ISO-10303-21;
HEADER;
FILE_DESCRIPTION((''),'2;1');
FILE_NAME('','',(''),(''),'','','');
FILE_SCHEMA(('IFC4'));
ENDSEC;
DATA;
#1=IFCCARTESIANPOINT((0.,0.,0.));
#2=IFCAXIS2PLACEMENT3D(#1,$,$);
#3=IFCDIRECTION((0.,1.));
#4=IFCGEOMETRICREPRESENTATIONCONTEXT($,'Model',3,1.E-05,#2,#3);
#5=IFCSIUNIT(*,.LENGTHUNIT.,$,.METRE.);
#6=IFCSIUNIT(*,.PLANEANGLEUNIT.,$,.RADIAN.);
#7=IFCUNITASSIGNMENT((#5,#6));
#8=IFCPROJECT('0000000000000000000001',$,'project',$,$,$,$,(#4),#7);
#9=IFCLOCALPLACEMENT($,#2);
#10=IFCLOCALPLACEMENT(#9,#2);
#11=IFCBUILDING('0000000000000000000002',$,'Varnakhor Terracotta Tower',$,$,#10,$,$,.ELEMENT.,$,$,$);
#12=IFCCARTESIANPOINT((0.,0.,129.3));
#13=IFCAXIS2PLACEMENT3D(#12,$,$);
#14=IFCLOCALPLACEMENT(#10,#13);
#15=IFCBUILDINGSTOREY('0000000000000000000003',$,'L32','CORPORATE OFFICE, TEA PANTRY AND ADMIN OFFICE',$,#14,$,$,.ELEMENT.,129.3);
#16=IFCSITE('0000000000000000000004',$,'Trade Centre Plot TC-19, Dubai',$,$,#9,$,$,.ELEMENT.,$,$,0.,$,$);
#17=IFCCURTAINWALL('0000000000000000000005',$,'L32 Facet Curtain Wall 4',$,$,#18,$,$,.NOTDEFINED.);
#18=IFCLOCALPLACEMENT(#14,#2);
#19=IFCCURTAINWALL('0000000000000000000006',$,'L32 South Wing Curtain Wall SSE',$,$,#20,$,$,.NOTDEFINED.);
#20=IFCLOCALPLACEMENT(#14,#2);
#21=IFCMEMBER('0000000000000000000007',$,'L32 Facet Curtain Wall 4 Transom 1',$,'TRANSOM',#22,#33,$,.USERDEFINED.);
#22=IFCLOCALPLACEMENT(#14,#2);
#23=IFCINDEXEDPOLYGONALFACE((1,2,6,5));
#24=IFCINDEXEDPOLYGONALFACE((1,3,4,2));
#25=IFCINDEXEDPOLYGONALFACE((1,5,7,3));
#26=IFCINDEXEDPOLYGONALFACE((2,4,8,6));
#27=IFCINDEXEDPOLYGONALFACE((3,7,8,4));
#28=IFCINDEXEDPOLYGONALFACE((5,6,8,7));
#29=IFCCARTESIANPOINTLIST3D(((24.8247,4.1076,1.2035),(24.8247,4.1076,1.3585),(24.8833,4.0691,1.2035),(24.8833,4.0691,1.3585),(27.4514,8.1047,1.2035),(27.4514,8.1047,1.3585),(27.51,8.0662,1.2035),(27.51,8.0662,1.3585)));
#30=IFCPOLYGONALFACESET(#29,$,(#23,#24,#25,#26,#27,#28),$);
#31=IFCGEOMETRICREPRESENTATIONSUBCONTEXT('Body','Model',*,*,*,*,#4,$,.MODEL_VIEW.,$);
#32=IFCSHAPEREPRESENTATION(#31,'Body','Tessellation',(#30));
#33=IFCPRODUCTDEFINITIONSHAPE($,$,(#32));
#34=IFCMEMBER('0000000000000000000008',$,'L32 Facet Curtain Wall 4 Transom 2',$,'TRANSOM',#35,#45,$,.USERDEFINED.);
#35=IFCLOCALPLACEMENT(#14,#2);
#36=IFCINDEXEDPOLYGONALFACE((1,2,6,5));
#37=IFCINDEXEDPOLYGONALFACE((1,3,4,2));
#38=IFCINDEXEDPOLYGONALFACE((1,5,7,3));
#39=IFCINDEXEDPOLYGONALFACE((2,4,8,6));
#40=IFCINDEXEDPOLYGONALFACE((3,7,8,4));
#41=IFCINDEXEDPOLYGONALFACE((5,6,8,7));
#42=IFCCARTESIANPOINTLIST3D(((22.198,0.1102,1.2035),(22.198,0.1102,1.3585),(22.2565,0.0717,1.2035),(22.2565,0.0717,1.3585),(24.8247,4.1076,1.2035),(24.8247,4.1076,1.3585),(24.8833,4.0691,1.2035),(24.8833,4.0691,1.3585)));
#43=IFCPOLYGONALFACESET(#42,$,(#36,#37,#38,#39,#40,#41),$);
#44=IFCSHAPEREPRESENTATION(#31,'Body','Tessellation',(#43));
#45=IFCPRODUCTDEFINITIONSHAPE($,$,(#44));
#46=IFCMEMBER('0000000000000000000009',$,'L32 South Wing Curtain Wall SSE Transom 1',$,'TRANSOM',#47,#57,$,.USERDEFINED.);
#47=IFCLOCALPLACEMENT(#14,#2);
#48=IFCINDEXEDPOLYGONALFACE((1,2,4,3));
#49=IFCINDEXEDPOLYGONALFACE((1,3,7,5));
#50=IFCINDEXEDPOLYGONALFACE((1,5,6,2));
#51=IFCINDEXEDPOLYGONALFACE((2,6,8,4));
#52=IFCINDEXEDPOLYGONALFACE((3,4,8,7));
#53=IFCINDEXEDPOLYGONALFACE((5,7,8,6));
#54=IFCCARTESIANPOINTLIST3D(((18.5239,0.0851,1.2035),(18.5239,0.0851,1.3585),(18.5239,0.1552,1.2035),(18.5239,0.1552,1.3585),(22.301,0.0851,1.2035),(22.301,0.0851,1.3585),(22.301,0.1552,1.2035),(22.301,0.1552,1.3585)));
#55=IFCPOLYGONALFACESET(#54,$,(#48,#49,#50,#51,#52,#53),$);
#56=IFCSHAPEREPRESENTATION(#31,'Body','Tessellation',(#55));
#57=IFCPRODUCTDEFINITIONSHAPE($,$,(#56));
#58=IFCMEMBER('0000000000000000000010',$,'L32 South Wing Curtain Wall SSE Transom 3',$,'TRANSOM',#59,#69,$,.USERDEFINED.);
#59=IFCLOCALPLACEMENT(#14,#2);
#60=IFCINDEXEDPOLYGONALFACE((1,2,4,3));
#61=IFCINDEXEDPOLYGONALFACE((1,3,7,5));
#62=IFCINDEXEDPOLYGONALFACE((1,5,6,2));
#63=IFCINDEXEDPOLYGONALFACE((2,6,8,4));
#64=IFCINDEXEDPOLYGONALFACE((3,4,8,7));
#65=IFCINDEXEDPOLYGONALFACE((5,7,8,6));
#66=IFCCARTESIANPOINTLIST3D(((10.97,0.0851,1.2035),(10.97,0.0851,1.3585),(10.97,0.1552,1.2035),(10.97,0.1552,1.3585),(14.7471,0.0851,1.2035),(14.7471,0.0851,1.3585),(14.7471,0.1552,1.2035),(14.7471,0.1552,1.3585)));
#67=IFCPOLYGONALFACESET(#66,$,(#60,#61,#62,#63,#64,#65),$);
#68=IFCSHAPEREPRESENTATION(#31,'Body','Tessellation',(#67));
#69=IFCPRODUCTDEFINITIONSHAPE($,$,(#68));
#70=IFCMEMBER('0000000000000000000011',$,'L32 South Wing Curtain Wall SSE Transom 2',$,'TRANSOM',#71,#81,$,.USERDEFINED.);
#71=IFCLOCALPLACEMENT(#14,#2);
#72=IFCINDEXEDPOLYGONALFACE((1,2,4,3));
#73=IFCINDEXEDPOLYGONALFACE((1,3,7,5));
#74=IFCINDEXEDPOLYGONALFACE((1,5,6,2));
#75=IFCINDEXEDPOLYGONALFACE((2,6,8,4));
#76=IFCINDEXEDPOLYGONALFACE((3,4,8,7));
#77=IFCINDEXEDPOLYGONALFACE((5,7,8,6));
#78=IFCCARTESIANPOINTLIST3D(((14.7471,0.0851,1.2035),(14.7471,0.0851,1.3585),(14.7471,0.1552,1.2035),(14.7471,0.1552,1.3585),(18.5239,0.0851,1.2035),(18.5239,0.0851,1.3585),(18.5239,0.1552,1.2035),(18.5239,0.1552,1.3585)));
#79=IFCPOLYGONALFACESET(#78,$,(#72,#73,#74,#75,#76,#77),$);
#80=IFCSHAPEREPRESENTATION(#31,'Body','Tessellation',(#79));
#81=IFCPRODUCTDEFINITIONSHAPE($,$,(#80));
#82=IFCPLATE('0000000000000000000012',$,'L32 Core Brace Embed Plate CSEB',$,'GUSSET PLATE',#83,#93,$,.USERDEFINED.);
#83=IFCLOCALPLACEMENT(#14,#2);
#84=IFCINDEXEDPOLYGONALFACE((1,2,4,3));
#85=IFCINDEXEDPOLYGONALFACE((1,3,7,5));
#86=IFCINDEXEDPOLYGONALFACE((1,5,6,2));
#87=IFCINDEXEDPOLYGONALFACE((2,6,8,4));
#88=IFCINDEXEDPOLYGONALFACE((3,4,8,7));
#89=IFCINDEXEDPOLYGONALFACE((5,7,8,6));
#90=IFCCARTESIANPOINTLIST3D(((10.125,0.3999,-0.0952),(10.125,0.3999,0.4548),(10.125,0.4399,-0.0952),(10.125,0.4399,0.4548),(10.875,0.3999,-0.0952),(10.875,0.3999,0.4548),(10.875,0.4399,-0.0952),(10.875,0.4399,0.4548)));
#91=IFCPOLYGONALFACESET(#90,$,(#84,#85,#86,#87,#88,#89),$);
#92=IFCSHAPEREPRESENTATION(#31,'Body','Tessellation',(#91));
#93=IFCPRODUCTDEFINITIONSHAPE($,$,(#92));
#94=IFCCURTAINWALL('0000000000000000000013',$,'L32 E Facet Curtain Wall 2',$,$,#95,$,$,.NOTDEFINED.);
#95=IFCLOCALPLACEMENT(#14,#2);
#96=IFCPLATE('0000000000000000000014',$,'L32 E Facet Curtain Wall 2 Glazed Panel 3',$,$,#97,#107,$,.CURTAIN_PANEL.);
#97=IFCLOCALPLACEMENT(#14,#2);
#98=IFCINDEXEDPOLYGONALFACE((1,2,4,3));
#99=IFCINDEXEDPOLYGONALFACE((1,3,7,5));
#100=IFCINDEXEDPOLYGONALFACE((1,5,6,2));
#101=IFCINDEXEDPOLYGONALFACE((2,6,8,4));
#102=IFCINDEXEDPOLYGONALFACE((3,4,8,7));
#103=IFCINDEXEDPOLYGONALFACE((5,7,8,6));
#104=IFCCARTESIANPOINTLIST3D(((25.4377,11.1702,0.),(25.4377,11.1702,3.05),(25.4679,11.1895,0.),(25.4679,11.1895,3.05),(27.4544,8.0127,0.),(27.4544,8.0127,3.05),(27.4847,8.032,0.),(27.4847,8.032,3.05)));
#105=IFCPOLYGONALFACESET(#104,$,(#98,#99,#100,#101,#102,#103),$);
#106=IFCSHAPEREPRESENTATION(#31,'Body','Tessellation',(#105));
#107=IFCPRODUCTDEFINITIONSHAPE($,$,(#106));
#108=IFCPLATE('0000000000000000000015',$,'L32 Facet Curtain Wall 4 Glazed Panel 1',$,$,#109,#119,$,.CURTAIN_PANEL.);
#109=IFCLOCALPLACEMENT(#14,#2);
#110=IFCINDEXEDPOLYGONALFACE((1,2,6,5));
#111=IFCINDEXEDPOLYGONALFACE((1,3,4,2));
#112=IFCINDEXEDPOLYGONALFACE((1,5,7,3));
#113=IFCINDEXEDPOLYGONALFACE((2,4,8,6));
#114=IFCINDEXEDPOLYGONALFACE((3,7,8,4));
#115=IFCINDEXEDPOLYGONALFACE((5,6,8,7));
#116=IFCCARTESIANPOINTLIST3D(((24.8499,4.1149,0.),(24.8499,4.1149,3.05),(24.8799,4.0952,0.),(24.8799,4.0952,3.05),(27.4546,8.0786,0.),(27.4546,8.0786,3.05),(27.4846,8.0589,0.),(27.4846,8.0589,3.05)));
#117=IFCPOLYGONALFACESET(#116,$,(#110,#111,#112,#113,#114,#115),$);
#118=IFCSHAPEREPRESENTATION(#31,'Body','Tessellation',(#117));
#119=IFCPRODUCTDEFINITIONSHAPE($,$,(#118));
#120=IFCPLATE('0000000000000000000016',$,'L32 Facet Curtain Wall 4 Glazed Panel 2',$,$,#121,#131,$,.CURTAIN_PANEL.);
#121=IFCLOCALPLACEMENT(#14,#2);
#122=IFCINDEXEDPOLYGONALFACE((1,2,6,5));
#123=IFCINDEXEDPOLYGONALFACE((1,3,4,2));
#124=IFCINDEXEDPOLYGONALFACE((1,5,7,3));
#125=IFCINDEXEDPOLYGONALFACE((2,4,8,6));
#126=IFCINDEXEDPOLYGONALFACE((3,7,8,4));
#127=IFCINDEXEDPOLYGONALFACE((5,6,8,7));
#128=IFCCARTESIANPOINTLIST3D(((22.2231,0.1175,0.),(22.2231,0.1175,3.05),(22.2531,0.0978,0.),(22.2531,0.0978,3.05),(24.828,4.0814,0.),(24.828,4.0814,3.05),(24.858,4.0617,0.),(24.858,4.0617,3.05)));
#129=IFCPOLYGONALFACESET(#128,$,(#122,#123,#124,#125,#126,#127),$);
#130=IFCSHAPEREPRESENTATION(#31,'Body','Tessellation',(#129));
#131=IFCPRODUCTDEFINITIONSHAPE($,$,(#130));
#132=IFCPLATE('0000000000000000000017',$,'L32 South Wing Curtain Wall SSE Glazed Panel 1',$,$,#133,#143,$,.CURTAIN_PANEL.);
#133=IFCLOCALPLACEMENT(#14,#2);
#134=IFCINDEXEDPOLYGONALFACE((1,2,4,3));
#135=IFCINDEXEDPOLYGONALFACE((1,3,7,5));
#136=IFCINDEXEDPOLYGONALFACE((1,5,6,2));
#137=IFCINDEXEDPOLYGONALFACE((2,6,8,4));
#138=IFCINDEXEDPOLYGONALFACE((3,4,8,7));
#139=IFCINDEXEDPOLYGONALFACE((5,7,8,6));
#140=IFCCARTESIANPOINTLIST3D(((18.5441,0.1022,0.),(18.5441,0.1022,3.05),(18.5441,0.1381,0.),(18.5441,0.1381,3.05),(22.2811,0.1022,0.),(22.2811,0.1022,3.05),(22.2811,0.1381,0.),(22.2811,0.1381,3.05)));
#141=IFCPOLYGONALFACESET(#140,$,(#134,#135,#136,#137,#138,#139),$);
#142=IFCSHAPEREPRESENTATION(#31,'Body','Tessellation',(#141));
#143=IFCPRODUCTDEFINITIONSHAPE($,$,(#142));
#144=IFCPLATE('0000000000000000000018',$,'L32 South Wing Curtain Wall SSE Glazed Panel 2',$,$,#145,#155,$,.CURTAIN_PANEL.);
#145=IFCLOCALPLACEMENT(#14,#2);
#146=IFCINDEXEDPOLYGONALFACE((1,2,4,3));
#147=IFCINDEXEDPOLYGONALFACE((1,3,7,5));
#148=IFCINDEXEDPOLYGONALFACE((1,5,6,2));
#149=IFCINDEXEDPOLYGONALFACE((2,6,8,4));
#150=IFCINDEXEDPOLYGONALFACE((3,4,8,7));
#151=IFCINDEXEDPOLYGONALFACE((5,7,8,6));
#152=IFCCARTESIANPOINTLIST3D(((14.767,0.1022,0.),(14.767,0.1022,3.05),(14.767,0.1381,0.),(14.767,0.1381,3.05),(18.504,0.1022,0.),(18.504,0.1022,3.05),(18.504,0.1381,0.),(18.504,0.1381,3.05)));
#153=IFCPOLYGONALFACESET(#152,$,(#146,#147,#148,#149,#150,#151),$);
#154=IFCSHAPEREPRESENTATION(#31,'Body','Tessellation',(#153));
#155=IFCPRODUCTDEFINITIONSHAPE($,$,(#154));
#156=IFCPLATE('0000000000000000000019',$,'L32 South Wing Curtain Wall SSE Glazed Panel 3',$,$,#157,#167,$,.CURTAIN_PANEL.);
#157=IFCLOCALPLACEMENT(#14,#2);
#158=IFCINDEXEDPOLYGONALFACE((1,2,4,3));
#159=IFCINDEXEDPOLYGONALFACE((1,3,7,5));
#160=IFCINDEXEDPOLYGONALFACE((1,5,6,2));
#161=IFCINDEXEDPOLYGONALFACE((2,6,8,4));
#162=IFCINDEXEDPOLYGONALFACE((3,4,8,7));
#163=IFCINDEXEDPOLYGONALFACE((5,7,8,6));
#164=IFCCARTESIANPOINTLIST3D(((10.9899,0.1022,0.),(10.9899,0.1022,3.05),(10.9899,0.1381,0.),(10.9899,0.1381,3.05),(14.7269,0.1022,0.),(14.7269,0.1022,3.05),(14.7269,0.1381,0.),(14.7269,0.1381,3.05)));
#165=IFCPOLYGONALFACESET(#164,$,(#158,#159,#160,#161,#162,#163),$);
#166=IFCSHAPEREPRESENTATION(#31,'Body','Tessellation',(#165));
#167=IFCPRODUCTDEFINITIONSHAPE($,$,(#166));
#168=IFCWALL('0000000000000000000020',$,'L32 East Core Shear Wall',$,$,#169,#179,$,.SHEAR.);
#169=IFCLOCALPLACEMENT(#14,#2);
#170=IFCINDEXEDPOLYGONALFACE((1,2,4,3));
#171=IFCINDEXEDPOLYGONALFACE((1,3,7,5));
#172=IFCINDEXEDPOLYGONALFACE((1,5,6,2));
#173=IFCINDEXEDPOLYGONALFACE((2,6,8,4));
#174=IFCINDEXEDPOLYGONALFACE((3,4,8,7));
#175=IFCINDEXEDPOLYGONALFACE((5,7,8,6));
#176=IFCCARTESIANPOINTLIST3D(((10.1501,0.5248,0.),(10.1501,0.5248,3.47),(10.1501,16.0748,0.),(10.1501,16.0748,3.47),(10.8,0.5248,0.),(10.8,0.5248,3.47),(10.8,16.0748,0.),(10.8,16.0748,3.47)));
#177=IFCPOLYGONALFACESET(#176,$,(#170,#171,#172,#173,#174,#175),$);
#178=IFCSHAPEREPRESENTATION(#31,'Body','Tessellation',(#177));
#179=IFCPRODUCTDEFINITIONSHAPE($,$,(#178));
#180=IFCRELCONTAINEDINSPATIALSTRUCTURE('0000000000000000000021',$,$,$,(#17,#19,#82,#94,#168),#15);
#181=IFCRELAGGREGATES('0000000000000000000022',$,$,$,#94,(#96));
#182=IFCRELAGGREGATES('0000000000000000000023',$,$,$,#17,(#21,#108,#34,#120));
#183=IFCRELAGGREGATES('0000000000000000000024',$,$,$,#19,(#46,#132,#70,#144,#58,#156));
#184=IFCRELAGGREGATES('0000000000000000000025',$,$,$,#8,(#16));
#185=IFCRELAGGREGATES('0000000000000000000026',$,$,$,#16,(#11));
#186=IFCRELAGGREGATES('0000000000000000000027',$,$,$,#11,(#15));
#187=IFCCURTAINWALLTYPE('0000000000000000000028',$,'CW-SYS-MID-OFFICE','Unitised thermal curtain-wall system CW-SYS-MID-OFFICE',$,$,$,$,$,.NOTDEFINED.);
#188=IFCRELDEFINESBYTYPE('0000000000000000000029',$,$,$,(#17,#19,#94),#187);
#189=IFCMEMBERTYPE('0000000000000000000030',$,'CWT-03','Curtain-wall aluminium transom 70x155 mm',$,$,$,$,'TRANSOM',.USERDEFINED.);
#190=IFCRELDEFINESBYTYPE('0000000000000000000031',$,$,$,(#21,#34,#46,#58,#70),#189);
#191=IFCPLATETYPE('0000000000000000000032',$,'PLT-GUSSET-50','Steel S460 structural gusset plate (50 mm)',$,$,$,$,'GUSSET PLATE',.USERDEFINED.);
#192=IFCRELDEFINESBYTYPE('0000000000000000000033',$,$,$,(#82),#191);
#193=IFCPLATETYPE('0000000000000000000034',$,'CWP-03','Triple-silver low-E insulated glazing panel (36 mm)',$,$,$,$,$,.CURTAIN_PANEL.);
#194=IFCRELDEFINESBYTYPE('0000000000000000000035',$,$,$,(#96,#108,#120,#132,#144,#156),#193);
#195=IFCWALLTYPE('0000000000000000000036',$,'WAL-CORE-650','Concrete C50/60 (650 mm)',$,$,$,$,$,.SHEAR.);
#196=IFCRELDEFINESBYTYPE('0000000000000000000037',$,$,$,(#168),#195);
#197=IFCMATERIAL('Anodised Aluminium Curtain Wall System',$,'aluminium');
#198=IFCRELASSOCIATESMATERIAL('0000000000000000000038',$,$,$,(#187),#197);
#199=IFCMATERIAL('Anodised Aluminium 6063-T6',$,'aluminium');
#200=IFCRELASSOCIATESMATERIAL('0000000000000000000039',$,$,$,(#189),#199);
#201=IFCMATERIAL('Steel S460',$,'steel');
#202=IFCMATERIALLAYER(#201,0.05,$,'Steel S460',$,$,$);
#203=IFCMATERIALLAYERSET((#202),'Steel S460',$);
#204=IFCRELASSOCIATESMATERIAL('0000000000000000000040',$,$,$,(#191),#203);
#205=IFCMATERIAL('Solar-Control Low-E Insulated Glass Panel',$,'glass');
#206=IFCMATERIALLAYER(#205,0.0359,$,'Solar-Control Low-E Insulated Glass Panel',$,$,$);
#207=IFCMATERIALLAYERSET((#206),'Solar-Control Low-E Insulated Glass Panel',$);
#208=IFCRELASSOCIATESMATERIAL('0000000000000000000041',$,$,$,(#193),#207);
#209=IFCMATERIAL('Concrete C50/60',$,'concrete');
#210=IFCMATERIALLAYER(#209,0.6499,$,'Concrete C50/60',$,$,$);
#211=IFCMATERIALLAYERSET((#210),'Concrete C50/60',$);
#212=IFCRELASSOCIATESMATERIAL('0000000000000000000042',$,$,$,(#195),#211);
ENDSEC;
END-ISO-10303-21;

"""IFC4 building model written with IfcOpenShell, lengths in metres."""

from ifc_helpers import new_model, si_unit, direction, frame, frame_2d, origin, origin_2d, place, context, subcontext, project, spatial, rectangle, extrude, source, transform, mapped, material, layer, layer_set, material_profile, profile_set, type_object, type_shapes, element, aggregate, save


model = new_model("IFC4")

# Units and contexts
model_context = context("Model", 3, precision=1e-05, world=origin(), true_north=direction((0.0, 1.0)))
body_context = subcontext(model_context, "Body", "Model", "MODEL_VIEW")
ifc_project = project(units=[si_unit("LENGTHUNIT", "METRE"), si_unit("PLANEANGLEUNIT", "RADIAN")], contexts=[model_context])

# Site, building, storey
site_placement = place(None, origin())
site = spatial("IfcSite", under=ifc_project, at=site_placement, Name="Trade Centre Plot TC-19, Dubai", CompositionType="ELEMENT", RefElevation=0.0)
building_placement = place(site_placement, origin())
building = spatial("IfcBuilding", under=site, at=building_placement, Name="Varnakhor Terracotta Tower", CompositionType="ELEMENT")
storey_placement = place(building_placement, frame((0.0, 0.0, 129.3)))
storey = spatial("IfcBuildingStorey", under=building, at=storey_placement, Name="L32", Description="CORPORATE OFFICE, TEA PANTRY AND ADMIN OFFICE", CompositionType="ELEMENT", Elevation=129.3)

# Shared definitions
ifc_material_1 = material(Name="Concrete C50/60", Category="concrete")
ifc_material_2 = material(Name="Steel S460", Category="steel")

# Curtain walls
ifc_material_3 = material(Name="Anodised Aluminium Curtain Wall System", Category="aluminium")
curtain_wall_type = type_object("IfcCurtainWallType", Name="CW-SYS-MID-OFFICE", Description="Unitised thermal curtain-wall system CW-SYS-MID-OFFICE", PredefinedType="NOTDEFINED", material=ifc_material_3)
curtain_wall_1_placement = place(storey_placement, origin())
curtain_wall_1 = element("IfcCurtainWall", 1, at=curtain_wall_1_placement, inside=storey, type_object=curtain_wall_type, Name="L32 Facet Curtain Wall 4", PredefinedType="NOTDEFINED")
ifc_material_4 = material(Name="Anodised Aluminium 6063-T6", Category="aluminium")
curtain_wall_2_placement = place(storey_placement, origin())
curtain_wall_2 = element("IfcCurtainWall", 2, at=curtain_wall_2_placement, inside=storey, type_object=curtain_wall_type, Name="L32 South Wing Curtain Wall SSE", PredefinedType="NOTDEFINED")

# Members
ifc_material_profile_1 = material_profile(ifc_material_4, rectangle(XDim=0.0701, YDim=0.155, at=origin_2d()), Name="ALU TRANSOM 70x155")
ifc_profile_set_1 = profile_set([ifc_material_profile_1], Name="Anodised Aluminium 6063-T6")
member_type_1 = type_object("IfcMemberType", Name="CWT-03", Description="Curtain-wall aluminium transom 70x155 mm", ElementType="TRANSOM", PredefinedType="USERDEFINED", material=ifc_profile_set_1)
shared_shape_1 = source(origin(), body_context, "Body", "SweptSolid", [
    extrude(rectangle(XDim=0.0701, YDim=0.155, at=origin_2d()), origin(), (0.0, 0.0, 1.0), 4.783),
])
member_1_placement = place(storey_placement, frame((27.4807, 8.0854, 1.281), z_axis=(-0.549187, -0.835699, 0.0), x_axis=(0.835699, -0.549187, 0.0)))
member_1 = element("IfcMember", 3, at=member_1_placement, type_object=member_type_1, Name="L32 Facet Curtain Wall 4 Transom 1", ObjectType="TRANSOM", PredefinedType="USERDEFINED", context=body_context, shape_type="MappedRepresentation", body=[
    mapped(shared_shape_1, transform((0.0, 0.0, 0.0), scale=1.0)),
])
shared_shape_2 = source(origin(), body_context, "Body", "SweptSolid", [
    extrude(rectangle(XDim=0.0701, YDim=0.155, at=origin_2d()), origin(), (0.0, 0.0, 1.0), 4.7832),
])
member_2_placement = place(storey_placement, frame((24.854, 4.0884, 1.281), z_axis=(-0.549164, -0.835715, 0.0), x_axis=(0.835715, -0.549164, 0.0)))
member_2 = element("IfcMember", 4, at=member_2_placement, type_object=member_type_1, Name="L32 Facet Curtain Wall 4 Transom 2", ObjectType="TRANSOM", PredefinedType="USERDEFINED", context=body_context, shape_type="MappedRepresentation", body=[
    mapped(shared_shape_2, transform((0.0, 0.0, 0.0), scale=1.0)),
])
shared_shape_3 = source(origin(), body_context, "Body", "SweptSolid", [
    extrude(rectangle(XDim=0.0701, YDim=0.155, at=origin_2d()), origin(), (0.0, 0.0, 1.0), 3.7771),
])
member_3_placement = place(storey_placement, frame((22.301, 0.1201, 1.281), z_axis=(-1.0, 0.0, 0.0), x_axis=(0.0, -1.0, 0.0)))
member_3 = element("IfcMember", 5, at=member_3_placement, type_object=member_type_1, Name="L32 South Wing Curtain Wall SSE Transom 1", ObjectType="TRANSOM", PredefinedType="USERDEFINED", context=body_context, shape_type="MappedRepresentation", body=[
    mapped(shared_shape_3, transform((0.0, 0.0, 0.0), scale=1.0)),
])
member_4_placement = place(storey_placement, frame((14.7471, 0.1201, 1.281), z_axis=(-1.0, 0.0, 0.0), x_axis=(0.0, -1.0, 0.0)))
member_4 = element("IfcMember", 6, at=member_4_placement, type_object=member_type_1, Name="L32 South Wing Curtain Wall SSE Transom 3", ObjectType="TRANSOM", PredefinedType="USERDEFINED", context=body_context, shape_type="MappedRepresentation", body=[
    mapped(shared_shape_3, transform((0.0, 0.0, 0.0), scale=1.0)),
])
shared_shape_4 = source(origin(), body_context, "Body", "SweptSolid", [
    extrude(rectangle(XDim=0.0701, YDim=0.155, at=origin_2d()), origin(), (0.0, 0.0, 1.0), 3.7769),
])
member_5_placement = place(storey_placement, frame((18.5239, 0.1201, 1.281), z_axis=(-1.0, 0.0, 0.0), x_axis=(0.0, -1.0, 0.0)))
member_5 = element("IfcMember", 7, at=member_5_placement, type_object=member_type_1, Name="L32 South Wing Curtain Wall SSE Transom 2", ObjectType="TRANSOM", PredefinedType="USERDEFINED", context=body_context, shape_type="MappedRepresentation", body=[
    mapped(shared_shape_4, transform((0.0, 0.0, 0.0), scale=1.0)),
])

# Plate
ifc_layer_1 = layer(ifc_material_2, 0.05, Name="Steel S460")
ifc_layer_set_1 = layer_set([ifc_layer_1], Name="Steel S460")
plate_type_1 = type_object("IfcPlateType", Name="PLT-GUSSET-50", Description="Steel S460 structural gusset plate (50 mm)", ElementType="GUSSET PLATE", PredefinedType="USERDEFINED", material=ifc_layer_set_1)
shared_shape_5 = source(origin(), body_context, "Body", "SweptSolid", [
    extrude(rectangle(XDim=0.75, YDim=0.04, at=origin_2d()), origin(), (0.0, 0.0, 1.0), 0.55),
])
type_shapes(plate_type_1, [shared_shape_5])
plate_1_placement = place(storey_placement, frame((10.5, 0.4199, -0.0952), z_axis=(0.0, 0.0, 1.0), x_axis=(1.0, 0.0, 0.0)))
element("IfcPlate", 8, at=plate_1_placement, inside=storey, type_object=plate_type_1, Name="L32 Core Brace Embed Plate CSEB", ObjectType="GUSSET PLATE", PredefinedType="USERDEFINED", context=body_context, shape_type="MappedRepresentation", body=[
    mapped(shared_shape_5, transform((0.0, 0.0, 0.0), scale=1.0)),
])

# Curtain wall, plate
curtain_wall_3_placement = place(storey_placement, origin())
curtain_wall_3 = element("IfcCurtainWall", 9, at=curtain_wall_3_placement, inside=storey, type_object=curtain_wall_type, Name="L32 E Facet Curtain Wall 2", PredefinedType="NOTDEFINED")
ifc_material_5 = material(Name="Solar-Control Low-E Insulated Glass Panel", Category="glass")
ifc_layer_2 = layer(ifc_material_5, 0.0359, Name="Solar-Control Low-E Insulated Glass Panel")
ifc_layer_set_2 = layer_set([ifc_layer_2], Name="Solar-Control Low-E Insulated Glass Panel")
plate_type_2 = type_object("IfcPlateType", Name="CWP-03", Description="Triple-silver low-E insulated glazing panel (36 mm)", PredefinedType="CURTAIN_PANEL", material=ifc_layer_set_2)
shared_shape_6 = source(origin(), body_context, "Body", "SweptSolid", [
    extrude(rectangle(XDim=3.7466, YDim=0.0359, at=origin_2d()), origin(), (0.0, 0.0, 1.0), 3.05),
])
plate_2_placement = place(storey_placement, frame((26.4612, 9.6011, 0.0), z_axis=(0.0, 0.0, 1.0), x_axis=(0.538285, -0.842763, 0.0)))
plate_2 = element("IfcPlate", 10, at=plate_2_placement, type_object=plate_type_2, Name="L32 E Facet Curtain Wall 2 Glazed Panel 3", PredefinedType="CURTAIN_PANEL", context=body_context, shape_type="MappedRepresentation", body=[
    mapped(shared_shape_6, transform((0.0, 0.0, 0.0), scale=1.0)),
])
aggregate(curtain_wall_3, [plate_2])

# Plates
shared_shape_7 = source(origin(), body_context, "Body", "SweptSolid", [
    extrude(rectangle(XDim=4.7429, YDim=0.0359, at=origin_2d()), origin(), (0.0, 0.0, 1.0), 3.05),
])
plate_3_placement = place(storey_placement, frame((26.1672, 6.0869, 0.0), z_axis=(0.0, 0.0, 1.0), x_axis=(-0.549183, -0.835702, 0.0)))
plate_3 = element("IfcPlate", 11, at=plate_3_placement, type_object=plate_type_2, Name="L32 Facet Curtain Wall 4 Glazed Panel 1", PredefinedType="CURTAIN_PANEL", context=body_context, shape_type="MappedRepresentation", body=[
    mapped(shared_shape_7, transform((0.0, 0.0, 0.0), scale=1.0)),
])
shared_shape_8 = source(origin(), body_context, "Body", "SweptSolid", [
    extrude(rectangle(XDim=4.7432, YDim=0.0359, at=origin_2d()), origin(), (0.0, 0.0, 1.0), 3.05),
])
plate_4_placement = place(storey_placement, frame((23.5405, 2.0896, 0.0), z_axis=(0.0, 0.0, 1.0), x_axis=(-0.549183, -0.835702, 0.0)))
plate_4 = element("IfcPlate", 12, at=plate_4_placement, type_object=plate_type_2, Name="L32 Facet Curtain Wall 4 Glazed Panel 2", PredefinedType="CURTAIN_PANEL", context=body_context, shape_type="MappedRepresentation", body=[
    mapped(shared_shape_8, transform((0.0, 0.0, 0.0), scale=1.0)),
])
aggregate(curtain_wall_1, [member_1, plate_3, member_2, plate_4])
shared_shape_9 = source(origin(), body_context, "Body", "SweptSolid", [
    extrude(rectangle(XDim=3.7371, YDim=0.0359, at=origin_2d()), origin(), (0.0, 0.0, 1.0), 3.05),
])
plate_5_placement = place(storey_placement, frame((20.4126, 0.1201, 0.0), z_axis=(0.0, 0.0, 1.0), x_axis=(-1.0, 0.0, 0.0)))
plate_5 = element("IfcPlate", 13, at=plate_5_placement, type_object=plate_type_2, Name="L32 South Wing Curtain Wall SSE Glazed Panel 1", PredefinedType="CURTAIN_PANEL", context=body_context, shape_type="MappedRepresentation", body=[
    mapped(shared_shape_9, transform((0.0, 0.0, 0.0), scale=1.0)),
])
plate_6_placement = place(storey_placement, frame((16.6355, 0.1201, 0.0), z_axis=(0.0, 0.0, 1.0), x_axis=(-1.0, 0.0, 0.0)))
plate_6 = element("IfcPlate", 14, at=plate_6_placement, type_object=plate_type_2, Name="L32 South Wing Curtain Wall SSE Glazed Panel 2", PredefinedType="CURTAIN_PANEL", context=body_context, shape_type="MappedRepresentation", body=[
    mapped(shared_shape_9, transform((0.0, 0.0, 0.0), scale=1.0)),
])
plate_7_placement = place(storey_placement, frame((12.8584, 0.1201, 0.0), z_axis=(0.0, 0.0, 1.0), x_axis=(-1.0, 0.0, 0.0)))
plate_7 = element("IfcPlate", 15, at=plate_7_placement, type_object=plate_type_2, Name="L32 South Wing Curtain Wall SSE Glazed Panel 3", PredefinedType="CURTAIN_PANEL", context=body_context, shape_type="MappedRepresentation", body=[
    mapped(shared_shape_9, transform((0.0, 0.0, 0.0), scale=1.0)),
])
aggregate(curtain_wall_2, [member_3, plate_5, member_5, plate_6, member_4, plate_7])

# Wall
ifc_layer_3 = layer(ifc_material_1, 0.6499, Name="Concrete C50/60")
ifc_layer_set_3 = layer_set([ifc_layer_3], Name="Concrete C50/60")
wall_type_1 = type_object("IfcWallType", Name="WAL-CORE-650", Description="Concrete C50/60 (650 mm)", PredefinedType="SHEAR", material=ifc_layer_set_3)
wall_1_placement = place(storey_placement, frame((10.4751, 0.5249, 0.0), z_axis=(0.0, 0.0, 1.0), x_axis=(0.0, 1.0, 0.0)))
element("IfcWall", 16, at=wall_1_placement, inside=storey, type_object=wall_type_1, Name="L32 East Core Shear Wall", PredefinedType="SHEAR", context=body_context, shape_type="SweptSolid", body=[
    extrude(rectangle(XDim=15.55, YDim=0.6499, at=frame_2d((7.7749, 0.0))), origin(), (0.0, 0.0, 1.0), 3.47),
])

save(model, "model.ifc")
